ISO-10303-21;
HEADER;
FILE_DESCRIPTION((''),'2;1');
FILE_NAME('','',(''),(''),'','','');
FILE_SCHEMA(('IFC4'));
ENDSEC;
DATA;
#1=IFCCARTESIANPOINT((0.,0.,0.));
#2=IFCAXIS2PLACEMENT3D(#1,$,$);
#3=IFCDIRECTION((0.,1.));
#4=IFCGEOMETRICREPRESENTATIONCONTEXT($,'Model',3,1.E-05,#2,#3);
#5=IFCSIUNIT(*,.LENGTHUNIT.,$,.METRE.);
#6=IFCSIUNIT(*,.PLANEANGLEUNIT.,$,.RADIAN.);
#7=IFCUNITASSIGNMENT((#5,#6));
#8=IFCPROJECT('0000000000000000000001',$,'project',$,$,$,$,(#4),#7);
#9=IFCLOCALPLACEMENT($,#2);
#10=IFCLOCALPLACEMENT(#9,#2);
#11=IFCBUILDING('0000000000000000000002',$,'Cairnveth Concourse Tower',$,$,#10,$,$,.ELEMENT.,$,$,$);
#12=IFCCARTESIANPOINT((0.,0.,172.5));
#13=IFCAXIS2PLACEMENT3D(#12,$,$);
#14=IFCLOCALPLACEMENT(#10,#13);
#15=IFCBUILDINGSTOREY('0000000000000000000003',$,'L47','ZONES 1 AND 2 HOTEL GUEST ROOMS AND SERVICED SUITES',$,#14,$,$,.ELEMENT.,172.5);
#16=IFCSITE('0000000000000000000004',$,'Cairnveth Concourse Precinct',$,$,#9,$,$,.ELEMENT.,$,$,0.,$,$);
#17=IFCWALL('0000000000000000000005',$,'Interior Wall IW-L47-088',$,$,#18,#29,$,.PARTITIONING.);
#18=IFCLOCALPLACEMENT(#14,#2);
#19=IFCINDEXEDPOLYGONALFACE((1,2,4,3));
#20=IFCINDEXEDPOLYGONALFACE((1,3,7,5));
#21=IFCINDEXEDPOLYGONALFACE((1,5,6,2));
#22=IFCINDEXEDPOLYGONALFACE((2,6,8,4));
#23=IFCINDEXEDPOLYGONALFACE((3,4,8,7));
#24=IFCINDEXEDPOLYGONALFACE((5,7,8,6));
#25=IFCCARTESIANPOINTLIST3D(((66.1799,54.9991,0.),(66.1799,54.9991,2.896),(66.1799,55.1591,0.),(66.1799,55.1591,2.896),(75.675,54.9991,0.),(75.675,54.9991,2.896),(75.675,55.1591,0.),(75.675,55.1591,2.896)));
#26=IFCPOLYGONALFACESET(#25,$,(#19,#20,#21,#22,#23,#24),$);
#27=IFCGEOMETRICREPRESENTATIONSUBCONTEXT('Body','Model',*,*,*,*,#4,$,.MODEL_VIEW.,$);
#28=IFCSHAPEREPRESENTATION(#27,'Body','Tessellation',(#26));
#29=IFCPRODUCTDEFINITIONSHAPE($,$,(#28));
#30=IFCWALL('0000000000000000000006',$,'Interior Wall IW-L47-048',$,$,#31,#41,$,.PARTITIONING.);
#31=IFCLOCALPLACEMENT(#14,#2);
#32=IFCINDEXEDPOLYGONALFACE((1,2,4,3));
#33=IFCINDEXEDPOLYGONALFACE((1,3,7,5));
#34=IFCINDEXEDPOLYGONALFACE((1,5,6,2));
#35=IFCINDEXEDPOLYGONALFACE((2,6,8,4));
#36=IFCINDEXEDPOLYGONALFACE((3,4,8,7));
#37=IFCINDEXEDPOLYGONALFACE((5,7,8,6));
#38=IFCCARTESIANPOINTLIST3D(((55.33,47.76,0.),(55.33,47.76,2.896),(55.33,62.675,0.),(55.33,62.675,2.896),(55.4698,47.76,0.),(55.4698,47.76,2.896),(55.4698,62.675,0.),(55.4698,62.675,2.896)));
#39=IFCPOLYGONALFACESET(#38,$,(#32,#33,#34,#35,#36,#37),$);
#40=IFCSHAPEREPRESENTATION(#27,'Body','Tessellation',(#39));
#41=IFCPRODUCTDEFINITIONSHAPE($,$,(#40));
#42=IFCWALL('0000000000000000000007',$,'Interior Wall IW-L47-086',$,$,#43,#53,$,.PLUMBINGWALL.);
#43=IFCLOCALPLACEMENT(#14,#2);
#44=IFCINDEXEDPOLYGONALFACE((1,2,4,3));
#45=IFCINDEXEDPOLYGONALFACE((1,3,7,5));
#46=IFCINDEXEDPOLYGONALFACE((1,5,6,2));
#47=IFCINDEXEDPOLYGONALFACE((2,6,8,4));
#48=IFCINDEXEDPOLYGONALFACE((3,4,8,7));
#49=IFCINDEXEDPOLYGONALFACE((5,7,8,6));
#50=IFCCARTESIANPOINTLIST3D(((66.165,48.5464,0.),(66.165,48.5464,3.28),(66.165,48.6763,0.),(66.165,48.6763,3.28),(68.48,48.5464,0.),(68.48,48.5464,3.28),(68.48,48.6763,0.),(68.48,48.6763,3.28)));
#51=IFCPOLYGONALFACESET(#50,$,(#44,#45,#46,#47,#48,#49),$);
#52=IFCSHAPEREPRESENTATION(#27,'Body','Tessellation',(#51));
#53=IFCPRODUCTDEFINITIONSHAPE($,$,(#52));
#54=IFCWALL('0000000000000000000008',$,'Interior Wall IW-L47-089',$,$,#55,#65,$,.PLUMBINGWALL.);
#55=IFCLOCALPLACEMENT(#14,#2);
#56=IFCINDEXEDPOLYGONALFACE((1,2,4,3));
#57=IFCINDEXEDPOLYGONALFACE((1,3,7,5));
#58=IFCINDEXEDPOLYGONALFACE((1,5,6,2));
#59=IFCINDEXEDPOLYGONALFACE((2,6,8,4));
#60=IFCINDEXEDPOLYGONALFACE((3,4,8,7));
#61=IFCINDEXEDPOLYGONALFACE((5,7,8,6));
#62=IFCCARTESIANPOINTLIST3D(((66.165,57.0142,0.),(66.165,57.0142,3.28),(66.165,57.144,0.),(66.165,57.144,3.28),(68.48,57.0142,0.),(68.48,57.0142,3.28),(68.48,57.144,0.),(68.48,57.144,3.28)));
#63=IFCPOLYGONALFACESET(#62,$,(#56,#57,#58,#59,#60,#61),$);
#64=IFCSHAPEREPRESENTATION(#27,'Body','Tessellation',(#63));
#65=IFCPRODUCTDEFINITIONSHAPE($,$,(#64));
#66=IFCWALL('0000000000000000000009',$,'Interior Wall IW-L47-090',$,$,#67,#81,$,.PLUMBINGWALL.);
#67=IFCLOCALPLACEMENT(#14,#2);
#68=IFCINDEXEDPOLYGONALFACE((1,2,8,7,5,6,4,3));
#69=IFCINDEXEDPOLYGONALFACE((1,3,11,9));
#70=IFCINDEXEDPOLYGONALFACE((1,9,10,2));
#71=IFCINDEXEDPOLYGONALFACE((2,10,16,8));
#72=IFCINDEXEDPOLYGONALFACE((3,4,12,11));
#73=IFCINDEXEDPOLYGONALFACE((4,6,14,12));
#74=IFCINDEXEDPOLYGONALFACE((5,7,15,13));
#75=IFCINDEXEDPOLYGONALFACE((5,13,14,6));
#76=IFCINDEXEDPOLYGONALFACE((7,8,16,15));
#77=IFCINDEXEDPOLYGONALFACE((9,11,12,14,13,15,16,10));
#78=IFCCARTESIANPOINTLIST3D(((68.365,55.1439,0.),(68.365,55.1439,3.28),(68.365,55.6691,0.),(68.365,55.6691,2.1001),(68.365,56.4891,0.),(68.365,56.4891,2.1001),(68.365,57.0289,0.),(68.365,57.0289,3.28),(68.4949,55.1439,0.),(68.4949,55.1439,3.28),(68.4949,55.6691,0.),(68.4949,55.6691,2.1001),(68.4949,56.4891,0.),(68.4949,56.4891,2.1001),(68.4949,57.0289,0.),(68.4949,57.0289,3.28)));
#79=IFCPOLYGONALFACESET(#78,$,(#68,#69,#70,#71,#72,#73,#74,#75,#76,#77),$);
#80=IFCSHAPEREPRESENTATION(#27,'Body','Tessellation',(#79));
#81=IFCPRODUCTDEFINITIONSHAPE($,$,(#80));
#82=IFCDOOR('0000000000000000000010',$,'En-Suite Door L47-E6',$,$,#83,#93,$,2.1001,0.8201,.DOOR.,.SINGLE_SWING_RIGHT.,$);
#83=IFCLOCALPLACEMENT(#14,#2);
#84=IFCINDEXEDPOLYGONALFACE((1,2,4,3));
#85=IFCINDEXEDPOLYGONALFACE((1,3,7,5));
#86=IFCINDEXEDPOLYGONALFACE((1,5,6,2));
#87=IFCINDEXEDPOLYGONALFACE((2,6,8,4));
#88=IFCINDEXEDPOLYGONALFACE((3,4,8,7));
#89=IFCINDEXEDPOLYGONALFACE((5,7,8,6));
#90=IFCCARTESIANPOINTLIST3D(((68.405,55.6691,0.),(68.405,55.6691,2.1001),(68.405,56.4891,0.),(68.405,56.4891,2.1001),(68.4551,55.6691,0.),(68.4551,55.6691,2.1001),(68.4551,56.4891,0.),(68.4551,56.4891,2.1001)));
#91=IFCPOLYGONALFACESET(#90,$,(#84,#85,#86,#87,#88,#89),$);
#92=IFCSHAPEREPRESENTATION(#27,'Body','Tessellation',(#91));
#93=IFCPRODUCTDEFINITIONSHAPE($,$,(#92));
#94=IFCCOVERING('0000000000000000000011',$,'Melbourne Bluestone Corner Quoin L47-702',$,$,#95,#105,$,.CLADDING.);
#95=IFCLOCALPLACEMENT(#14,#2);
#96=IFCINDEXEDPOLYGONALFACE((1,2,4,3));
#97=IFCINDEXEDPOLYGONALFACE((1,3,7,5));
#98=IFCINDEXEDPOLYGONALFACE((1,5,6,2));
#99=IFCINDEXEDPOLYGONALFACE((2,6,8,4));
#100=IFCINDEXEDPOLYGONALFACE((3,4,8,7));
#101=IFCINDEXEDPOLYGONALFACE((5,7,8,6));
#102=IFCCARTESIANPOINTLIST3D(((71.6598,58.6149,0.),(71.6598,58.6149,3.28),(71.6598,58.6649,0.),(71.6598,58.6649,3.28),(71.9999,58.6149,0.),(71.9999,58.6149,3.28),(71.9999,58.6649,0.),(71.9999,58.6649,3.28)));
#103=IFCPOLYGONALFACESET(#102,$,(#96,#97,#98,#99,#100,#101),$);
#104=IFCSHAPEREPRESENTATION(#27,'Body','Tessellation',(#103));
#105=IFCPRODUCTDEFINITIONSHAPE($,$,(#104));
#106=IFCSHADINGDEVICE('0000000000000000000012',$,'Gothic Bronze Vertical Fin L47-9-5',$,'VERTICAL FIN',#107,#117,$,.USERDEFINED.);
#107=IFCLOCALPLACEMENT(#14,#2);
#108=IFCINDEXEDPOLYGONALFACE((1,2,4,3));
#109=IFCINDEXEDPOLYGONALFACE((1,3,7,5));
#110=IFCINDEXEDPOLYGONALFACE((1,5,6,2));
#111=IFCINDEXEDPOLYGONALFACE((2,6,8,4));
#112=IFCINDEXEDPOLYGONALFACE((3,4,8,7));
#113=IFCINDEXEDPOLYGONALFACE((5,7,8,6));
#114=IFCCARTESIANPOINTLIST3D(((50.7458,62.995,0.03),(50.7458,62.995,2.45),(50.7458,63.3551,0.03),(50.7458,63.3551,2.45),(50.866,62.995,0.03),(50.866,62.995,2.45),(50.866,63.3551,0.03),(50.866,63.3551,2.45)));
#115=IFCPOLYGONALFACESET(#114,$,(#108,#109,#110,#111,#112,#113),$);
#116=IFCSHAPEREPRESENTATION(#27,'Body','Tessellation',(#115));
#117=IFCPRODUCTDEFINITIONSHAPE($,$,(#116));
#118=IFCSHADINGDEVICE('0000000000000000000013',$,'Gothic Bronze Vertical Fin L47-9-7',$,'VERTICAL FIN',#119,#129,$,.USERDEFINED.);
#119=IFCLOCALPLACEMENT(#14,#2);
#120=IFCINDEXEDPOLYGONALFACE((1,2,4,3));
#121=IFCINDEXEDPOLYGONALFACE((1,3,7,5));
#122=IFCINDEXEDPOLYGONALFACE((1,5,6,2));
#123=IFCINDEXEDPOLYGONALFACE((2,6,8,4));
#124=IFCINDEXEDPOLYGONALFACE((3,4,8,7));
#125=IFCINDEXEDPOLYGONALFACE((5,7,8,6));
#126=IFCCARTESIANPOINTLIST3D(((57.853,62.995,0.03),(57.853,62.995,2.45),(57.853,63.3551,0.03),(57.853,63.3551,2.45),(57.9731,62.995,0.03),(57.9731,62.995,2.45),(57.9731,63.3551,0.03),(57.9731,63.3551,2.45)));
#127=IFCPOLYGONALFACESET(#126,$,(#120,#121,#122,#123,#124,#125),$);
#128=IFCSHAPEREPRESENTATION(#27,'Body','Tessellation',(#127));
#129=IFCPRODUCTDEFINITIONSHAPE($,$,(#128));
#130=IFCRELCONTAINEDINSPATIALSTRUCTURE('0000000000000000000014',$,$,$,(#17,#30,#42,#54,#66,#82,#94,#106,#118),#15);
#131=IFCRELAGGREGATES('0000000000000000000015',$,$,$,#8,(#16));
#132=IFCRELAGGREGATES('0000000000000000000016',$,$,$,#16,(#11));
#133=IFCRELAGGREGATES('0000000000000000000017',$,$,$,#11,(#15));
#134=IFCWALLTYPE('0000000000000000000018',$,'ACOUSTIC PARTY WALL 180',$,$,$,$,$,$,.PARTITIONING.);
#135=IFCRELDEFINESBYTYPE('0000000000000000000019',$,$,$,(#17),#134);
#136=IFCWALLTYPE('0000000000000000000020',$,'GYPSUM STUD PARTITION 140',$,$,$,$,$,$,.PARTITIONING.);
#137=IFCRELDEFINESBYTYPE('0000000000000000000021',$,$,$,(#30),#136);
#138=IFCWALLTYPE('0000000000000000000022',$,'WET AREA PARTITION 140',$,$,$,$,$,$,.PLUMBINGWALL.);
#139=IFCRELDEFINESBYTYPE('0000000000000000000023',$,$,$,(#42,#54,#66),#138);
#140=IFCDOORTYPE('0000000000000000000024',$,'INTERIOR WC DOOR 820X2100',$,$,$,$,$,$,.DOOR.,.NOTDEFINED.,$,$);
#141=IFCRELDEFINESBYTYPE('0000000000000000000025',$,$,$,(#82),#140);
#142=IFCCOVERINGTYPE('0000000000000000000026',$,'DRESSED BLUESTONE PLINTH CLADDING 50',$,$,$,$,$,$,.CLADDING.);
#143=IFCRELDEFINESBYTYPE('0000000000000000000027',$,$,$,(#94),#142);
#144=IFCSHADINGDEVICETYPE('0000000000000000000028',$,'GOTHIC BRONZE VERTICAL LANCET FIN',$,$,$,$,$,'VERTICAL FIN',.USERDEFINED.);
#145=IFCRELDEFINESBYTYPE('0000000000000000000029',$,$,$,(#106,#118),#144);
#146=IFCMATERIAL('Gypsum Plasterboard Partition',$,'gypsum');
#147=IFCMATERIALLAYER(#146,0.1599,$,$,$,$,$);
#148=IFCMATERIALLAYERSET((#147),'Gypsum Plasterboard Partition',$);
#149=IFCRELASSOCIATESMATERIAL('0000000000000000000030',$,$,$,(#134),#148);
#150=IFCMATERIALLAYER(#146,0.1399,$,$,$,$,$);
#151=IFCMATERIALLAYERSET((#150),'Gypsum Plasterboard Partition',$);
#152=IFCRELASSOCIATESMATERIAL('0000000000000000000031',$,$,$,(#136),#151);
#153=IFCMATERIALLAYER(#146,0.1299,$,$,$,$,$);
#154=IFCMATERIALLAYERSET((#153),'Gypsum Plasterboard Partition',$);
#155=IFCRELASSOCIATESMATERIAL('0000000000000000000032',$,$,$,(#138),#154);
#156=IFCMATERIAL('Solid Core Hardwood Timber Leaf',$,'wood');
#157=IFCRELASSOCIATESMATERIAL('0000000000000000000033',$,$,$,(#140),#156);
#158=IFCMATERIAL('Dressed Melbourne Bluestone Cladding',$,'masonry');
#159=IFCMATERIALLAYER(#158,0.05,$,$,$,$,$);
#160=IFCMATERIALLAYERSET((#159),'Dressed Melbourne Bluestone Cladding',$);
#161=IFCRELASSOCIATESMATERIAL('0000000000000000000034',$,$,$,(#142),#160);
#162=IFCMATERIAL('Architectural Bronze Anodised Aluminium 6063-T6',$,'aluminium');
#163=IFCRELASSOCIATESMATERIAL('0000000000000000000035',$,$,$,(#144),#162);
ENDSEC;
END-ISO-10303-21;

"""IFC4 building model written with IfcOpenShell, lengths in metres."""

from ifc_helpers import new_model, si_unit, direction, frame, frame_2d, origin, origin_2d, place, context, subcontext, project, spatial, rectangle, extrude, material, layer, layer_set, type_object, element, fill, save


model = new_model("IFC4")

# Units and contexts
model_context = context("Model", 3, precision=1e-05, world=origin(), true_north=direction((0.0, 1.0)))
body_context = subcontext(model_context, "Body", "Model", "MODEL_VIEW")
ifc_project = project(units=[si_unit("LENGTHUNIT", "METRE"), si_unit("PLANEANGLEUNIT", "RADIAN")], contexts=[model_context])

# Site, building, storey
site_placement = place(None, origin())
site = spatial("IfcSite", under=ifc_project, at=site_placement, Name="Cairnveth Concourse Precinct", CompositionType="ELEMENT", RefElevation=0.0)
building_placement = place(site_placement, origin())
building = spatial("IfcBuilding", under=site, at=building_placement, Name="Cairnveth Concourse Tower", CompositionType="ELEMENT")
storey_placement = place(building_placement, frame((0.0, 0.0, 172.5)))
storey = spatial("IfcBuildingStorey", under=building, at=storey_placement, Name="L47", Description="ZONES 1 AND 2 HOTEL GUEST ROOMS AND SERVICED SUITES", CompositionType="ELEMENT", Elevation=172.5)

# Shared definitions
ifc_material_1 = material(Name="Gypsum Plasterboard Partition", Category="gypsum")
ifc_layer_1 = layer(ifc_material_1, 0.1599)
ifc_layer_set_1 = layer_set([ifc_layer_1], Name="Gypsum Plasterboard Partition")
wall_type_1 = type_object("IfcWallType", Name="ACOUSTIC PARTY WALL 180", PredefinedType="PARTITIONING", material=ifc_layer_set_1)
ifc_material_2 = material(Name="Solid Core Hardwood Timber Leaf", Category="wood")

# Walls
wall_1_placement = place(storey_placement, frame((66.1799, 55.0791, 0.0), z_axis=(0.0, 0.0, 1.0), x_axis=(1.0, 0.0, 0.0)))
element("IfcWall", 1, at=wall_1_placement, inside=storey, type_object=wall_type_1, Name="Interior Wall IW-L47-088", PredefinedType="PARTITIONING", context=body_context, shape_type="SweptSolid", body=[
    extrude(rectangle(XDim=9.4951, YDim=0.1599, at=frame_2d((4.7476, 0.0))), origin(), (0.0, 0.0, 1.0), 2.896),
])
ifc_layer_2 = layer(ifc_material_1, 0.1399)
ifc_layer_set_2 = layer_set([ifc_layer_2], Name="Gypsum Plasterboard Partition")
wall_type_2 = type_object("IfcWallType", Name="GYPSUM STUD PARTITION 140", PredefinedType="PARTITIONING", material=ifc_layer_set_2)
wall_2_placement = place(storey_placement, frame((55.3999, 47.76, 0.0), z_axis=(0.0, 0.0, 1.0), x_axis=(0.0, 1.0, 0.0)))
element("IfcWall", 2, at=wall_2_placement, inside=storey, type_object=wall_type_2, Name="Interior Wall IW-L47-048", PredefinedType="PARTITIONING", context=body_context, shape_type="SweptSolid", body=[
    extrude(rectangle(XDim=14.915, YDim=0.1399, at=frame_2d((7.4575, 0.0))), origin(), (0.0, 0.0, 1.0), 2.896),
])
ifc_layer_3 = layer(ifc_material_1, 0.1299)
ifc_layer_set_3 = layer_set([ifc_layer_3], Name="Gypsum Plasterboard Partition")
wall_type_3 = type_object("IfcWallType", Name="WET AREA PARTITION 140", PredefinedType="PLUMBINGWALL", material=ifc_layer_set_3)
for number, where, z_axis, x_axis, name in (
    (3, (66.165, 48.6113, 0.0), (0.0, 0.0, 1.0), (1.0, 0.0, 0.0), "Interior Wall IW-L47-086"),
    (4, (66.165, 57.0791, 0.0), (0.0, 0.0, 1.0), (1.0, 0.0, 0.0), "Interior Wall IW-L47-089"),
):
    element("IfcWall", number, at=place(storey_placement, frame(where, z_axis=z_axis, x_axis=x_axis)), inside=storey, type_object=wall_type_3, Name=name, PredefinedType="PLUMBINGWALL", context=body_context, shape_type="SweptSolid", body=[
        extrude(rectangle(XDim=2.3149, YDim=0.1299, at=frame_2d((1.1575, 0.0))), origin(), (0.0, 0.0, 1.0), 3.28),
    ])

# Wall, opening, door
wall_3_placement = place(storey_placement, frame((68.4299, 55.144, 0.0), z_axis=(0.0, 0.0, 1.0), x_axis=(0.0, 1.0, 0.0)))
wall_3 = element("IfcWall", 5, at=wall_3_placement, inside=storey, type_object=wall_type_3, Name="Interior Wall IW-L47-090", PredefinedType="PLUMBINGWALL", context=body_context, shape_type="SweptSolid", body=[
    extrude(rectangle(XDim=1.885, YDim=0.1299, at=frame_2d((0.9424, 0.0))), origin(), (0.0, 0.0, 1.0), 3.28),
])
opening_1_placement = place(wall_3_placement, frame((0.5249, 0.0, 0.0)))
opening_1 = element("IfcOpeningElement", 6, at=opening_1_placement, cuts=wall_3, PredefinedType="OPENING", context=body_context, shape_type="SweptSolid", body=[
    extrude(rectangle(XDim=0.8201, YDim=2.1001, at=frame_2d((0.4102, 1.05))), frame((0.0, 0.075, 0.0), z_axis=(0.0, -1.0, 0.0), x_axis=(1.0, 0.0, 0.0)), (0.0, 0.0, 1.0), 0.1499),
])
door_type_1 = type_object("IfcDoorType", Name="INTERIOR WC DOOR 820X2100", OperationType="NOTDEFINED", PredefinedType="DOOR", material=ifc_material_2)
door_1_placement = place(opening_1_placement, origin())
door_1 = element("IfcDoor", 7, at=door_1_placement, inside=storey, type_object=door_type_1, Name="En-Suite Door L47-E6", OperationType="SINGLE_SWING_RIGHT", OverallHeight=2.1001, OverallWidth=0.8201, PredefinedType="DOOR", context=body_context, shape_type="SweptSolid", body=[
    extrude(rectangle(XDim=0.8201, YDim=2.1001, at=frame_2d((0.4102, 1.05))), frame((0.0, 0.0249, 0.0), z_axis=(0.0, -1.0, 0.0), x_axis=(1.0, 0.0, 0.0)), (0.0, 0.0, 1.0), 0.05),
])
fill(opening_1, door_1)

# Covering
ifc_material_3 = material(Name="Dressed Melbourne Bluestone Cladding", Category="masonry")
ifc_layer_4 = layer(ifc_material_3, 0.05)
ifc_layer_set_4 = layer_set([ifc_layer_4], Name="Dressed Melbourne Bluestone Cladding")
covering_type = type_object("IfcCoveringType", Name="DRESSED BLUESTONE PLINTH CLADDING 50", PredefinedType="CLADDING", material=ifc_layer_set_4)
covering_placement = place(storey_placement, frame((71.6599, 58.6399, 0.0), z_axis=(0.0, 0.0, 1.0), x_axis=(1.0, 0.0, 0.0)))
element("IfcCovering", 8, at=covering_placement, inside=storey, type_object=covering_type, Name="Melbourne Bluestone Corner Quoin L47-702", PredefinedType="CLADDING", context=body_context, shape_type="SweptSolid", body=[
    extrude(rectangle(XDim=0.3401, YDim=0.05, at=frame_2d((0.1699, 0.0))), origin(), (0.0, 0.0, 1.0), 3.28),
])

# Shading devices
ifc_material_4 = material(Name="Architectural Bronze Anodised Aluminium 6063-T6", Category="aluminium")
shading_device_type = type_object("IfcShadingDeviceType", Name="GOTHIC BRONZE VERTICAL LANCET FIN", ElementType="VERTICAL FIN", PredefinedType="USERDEFINED", material=ifc_material_4)
for number, where, z_axis, x_axis, name in (
    (9, (50.8059, 63.175, 0.03), (0.0, 0.0, 1.0), (1.0, 0.0, 0.0), "Gothic Bronze Vertical Fin L47-9-5"),
    (10, (57.9131, 63.175, 0.03), (0.0, 0.0, 1.0), (1.0, 0.0, 0.0), "Gothic Bronze Vertical Fin L47-9-7"),
):
    element("IfcShadingDevice", number, at=place(storey_placement, frame(where, z_axis=z_axis, x_axis=x_axis)), inside=storey, type_object=shading_device_type, Name=name, ObjectType="VERTICAL FIN", PredefinedType="USERDEFINED", context=body_context, shape_type="SweptSolid", body=[
        extrude(rectangle(XDim=0.1201, YDim=0.3601, at=origin_2d()), origin(), (0.0, 0.0, 1.0), 2.4199),
    ])

save(model, "model.ifc")
